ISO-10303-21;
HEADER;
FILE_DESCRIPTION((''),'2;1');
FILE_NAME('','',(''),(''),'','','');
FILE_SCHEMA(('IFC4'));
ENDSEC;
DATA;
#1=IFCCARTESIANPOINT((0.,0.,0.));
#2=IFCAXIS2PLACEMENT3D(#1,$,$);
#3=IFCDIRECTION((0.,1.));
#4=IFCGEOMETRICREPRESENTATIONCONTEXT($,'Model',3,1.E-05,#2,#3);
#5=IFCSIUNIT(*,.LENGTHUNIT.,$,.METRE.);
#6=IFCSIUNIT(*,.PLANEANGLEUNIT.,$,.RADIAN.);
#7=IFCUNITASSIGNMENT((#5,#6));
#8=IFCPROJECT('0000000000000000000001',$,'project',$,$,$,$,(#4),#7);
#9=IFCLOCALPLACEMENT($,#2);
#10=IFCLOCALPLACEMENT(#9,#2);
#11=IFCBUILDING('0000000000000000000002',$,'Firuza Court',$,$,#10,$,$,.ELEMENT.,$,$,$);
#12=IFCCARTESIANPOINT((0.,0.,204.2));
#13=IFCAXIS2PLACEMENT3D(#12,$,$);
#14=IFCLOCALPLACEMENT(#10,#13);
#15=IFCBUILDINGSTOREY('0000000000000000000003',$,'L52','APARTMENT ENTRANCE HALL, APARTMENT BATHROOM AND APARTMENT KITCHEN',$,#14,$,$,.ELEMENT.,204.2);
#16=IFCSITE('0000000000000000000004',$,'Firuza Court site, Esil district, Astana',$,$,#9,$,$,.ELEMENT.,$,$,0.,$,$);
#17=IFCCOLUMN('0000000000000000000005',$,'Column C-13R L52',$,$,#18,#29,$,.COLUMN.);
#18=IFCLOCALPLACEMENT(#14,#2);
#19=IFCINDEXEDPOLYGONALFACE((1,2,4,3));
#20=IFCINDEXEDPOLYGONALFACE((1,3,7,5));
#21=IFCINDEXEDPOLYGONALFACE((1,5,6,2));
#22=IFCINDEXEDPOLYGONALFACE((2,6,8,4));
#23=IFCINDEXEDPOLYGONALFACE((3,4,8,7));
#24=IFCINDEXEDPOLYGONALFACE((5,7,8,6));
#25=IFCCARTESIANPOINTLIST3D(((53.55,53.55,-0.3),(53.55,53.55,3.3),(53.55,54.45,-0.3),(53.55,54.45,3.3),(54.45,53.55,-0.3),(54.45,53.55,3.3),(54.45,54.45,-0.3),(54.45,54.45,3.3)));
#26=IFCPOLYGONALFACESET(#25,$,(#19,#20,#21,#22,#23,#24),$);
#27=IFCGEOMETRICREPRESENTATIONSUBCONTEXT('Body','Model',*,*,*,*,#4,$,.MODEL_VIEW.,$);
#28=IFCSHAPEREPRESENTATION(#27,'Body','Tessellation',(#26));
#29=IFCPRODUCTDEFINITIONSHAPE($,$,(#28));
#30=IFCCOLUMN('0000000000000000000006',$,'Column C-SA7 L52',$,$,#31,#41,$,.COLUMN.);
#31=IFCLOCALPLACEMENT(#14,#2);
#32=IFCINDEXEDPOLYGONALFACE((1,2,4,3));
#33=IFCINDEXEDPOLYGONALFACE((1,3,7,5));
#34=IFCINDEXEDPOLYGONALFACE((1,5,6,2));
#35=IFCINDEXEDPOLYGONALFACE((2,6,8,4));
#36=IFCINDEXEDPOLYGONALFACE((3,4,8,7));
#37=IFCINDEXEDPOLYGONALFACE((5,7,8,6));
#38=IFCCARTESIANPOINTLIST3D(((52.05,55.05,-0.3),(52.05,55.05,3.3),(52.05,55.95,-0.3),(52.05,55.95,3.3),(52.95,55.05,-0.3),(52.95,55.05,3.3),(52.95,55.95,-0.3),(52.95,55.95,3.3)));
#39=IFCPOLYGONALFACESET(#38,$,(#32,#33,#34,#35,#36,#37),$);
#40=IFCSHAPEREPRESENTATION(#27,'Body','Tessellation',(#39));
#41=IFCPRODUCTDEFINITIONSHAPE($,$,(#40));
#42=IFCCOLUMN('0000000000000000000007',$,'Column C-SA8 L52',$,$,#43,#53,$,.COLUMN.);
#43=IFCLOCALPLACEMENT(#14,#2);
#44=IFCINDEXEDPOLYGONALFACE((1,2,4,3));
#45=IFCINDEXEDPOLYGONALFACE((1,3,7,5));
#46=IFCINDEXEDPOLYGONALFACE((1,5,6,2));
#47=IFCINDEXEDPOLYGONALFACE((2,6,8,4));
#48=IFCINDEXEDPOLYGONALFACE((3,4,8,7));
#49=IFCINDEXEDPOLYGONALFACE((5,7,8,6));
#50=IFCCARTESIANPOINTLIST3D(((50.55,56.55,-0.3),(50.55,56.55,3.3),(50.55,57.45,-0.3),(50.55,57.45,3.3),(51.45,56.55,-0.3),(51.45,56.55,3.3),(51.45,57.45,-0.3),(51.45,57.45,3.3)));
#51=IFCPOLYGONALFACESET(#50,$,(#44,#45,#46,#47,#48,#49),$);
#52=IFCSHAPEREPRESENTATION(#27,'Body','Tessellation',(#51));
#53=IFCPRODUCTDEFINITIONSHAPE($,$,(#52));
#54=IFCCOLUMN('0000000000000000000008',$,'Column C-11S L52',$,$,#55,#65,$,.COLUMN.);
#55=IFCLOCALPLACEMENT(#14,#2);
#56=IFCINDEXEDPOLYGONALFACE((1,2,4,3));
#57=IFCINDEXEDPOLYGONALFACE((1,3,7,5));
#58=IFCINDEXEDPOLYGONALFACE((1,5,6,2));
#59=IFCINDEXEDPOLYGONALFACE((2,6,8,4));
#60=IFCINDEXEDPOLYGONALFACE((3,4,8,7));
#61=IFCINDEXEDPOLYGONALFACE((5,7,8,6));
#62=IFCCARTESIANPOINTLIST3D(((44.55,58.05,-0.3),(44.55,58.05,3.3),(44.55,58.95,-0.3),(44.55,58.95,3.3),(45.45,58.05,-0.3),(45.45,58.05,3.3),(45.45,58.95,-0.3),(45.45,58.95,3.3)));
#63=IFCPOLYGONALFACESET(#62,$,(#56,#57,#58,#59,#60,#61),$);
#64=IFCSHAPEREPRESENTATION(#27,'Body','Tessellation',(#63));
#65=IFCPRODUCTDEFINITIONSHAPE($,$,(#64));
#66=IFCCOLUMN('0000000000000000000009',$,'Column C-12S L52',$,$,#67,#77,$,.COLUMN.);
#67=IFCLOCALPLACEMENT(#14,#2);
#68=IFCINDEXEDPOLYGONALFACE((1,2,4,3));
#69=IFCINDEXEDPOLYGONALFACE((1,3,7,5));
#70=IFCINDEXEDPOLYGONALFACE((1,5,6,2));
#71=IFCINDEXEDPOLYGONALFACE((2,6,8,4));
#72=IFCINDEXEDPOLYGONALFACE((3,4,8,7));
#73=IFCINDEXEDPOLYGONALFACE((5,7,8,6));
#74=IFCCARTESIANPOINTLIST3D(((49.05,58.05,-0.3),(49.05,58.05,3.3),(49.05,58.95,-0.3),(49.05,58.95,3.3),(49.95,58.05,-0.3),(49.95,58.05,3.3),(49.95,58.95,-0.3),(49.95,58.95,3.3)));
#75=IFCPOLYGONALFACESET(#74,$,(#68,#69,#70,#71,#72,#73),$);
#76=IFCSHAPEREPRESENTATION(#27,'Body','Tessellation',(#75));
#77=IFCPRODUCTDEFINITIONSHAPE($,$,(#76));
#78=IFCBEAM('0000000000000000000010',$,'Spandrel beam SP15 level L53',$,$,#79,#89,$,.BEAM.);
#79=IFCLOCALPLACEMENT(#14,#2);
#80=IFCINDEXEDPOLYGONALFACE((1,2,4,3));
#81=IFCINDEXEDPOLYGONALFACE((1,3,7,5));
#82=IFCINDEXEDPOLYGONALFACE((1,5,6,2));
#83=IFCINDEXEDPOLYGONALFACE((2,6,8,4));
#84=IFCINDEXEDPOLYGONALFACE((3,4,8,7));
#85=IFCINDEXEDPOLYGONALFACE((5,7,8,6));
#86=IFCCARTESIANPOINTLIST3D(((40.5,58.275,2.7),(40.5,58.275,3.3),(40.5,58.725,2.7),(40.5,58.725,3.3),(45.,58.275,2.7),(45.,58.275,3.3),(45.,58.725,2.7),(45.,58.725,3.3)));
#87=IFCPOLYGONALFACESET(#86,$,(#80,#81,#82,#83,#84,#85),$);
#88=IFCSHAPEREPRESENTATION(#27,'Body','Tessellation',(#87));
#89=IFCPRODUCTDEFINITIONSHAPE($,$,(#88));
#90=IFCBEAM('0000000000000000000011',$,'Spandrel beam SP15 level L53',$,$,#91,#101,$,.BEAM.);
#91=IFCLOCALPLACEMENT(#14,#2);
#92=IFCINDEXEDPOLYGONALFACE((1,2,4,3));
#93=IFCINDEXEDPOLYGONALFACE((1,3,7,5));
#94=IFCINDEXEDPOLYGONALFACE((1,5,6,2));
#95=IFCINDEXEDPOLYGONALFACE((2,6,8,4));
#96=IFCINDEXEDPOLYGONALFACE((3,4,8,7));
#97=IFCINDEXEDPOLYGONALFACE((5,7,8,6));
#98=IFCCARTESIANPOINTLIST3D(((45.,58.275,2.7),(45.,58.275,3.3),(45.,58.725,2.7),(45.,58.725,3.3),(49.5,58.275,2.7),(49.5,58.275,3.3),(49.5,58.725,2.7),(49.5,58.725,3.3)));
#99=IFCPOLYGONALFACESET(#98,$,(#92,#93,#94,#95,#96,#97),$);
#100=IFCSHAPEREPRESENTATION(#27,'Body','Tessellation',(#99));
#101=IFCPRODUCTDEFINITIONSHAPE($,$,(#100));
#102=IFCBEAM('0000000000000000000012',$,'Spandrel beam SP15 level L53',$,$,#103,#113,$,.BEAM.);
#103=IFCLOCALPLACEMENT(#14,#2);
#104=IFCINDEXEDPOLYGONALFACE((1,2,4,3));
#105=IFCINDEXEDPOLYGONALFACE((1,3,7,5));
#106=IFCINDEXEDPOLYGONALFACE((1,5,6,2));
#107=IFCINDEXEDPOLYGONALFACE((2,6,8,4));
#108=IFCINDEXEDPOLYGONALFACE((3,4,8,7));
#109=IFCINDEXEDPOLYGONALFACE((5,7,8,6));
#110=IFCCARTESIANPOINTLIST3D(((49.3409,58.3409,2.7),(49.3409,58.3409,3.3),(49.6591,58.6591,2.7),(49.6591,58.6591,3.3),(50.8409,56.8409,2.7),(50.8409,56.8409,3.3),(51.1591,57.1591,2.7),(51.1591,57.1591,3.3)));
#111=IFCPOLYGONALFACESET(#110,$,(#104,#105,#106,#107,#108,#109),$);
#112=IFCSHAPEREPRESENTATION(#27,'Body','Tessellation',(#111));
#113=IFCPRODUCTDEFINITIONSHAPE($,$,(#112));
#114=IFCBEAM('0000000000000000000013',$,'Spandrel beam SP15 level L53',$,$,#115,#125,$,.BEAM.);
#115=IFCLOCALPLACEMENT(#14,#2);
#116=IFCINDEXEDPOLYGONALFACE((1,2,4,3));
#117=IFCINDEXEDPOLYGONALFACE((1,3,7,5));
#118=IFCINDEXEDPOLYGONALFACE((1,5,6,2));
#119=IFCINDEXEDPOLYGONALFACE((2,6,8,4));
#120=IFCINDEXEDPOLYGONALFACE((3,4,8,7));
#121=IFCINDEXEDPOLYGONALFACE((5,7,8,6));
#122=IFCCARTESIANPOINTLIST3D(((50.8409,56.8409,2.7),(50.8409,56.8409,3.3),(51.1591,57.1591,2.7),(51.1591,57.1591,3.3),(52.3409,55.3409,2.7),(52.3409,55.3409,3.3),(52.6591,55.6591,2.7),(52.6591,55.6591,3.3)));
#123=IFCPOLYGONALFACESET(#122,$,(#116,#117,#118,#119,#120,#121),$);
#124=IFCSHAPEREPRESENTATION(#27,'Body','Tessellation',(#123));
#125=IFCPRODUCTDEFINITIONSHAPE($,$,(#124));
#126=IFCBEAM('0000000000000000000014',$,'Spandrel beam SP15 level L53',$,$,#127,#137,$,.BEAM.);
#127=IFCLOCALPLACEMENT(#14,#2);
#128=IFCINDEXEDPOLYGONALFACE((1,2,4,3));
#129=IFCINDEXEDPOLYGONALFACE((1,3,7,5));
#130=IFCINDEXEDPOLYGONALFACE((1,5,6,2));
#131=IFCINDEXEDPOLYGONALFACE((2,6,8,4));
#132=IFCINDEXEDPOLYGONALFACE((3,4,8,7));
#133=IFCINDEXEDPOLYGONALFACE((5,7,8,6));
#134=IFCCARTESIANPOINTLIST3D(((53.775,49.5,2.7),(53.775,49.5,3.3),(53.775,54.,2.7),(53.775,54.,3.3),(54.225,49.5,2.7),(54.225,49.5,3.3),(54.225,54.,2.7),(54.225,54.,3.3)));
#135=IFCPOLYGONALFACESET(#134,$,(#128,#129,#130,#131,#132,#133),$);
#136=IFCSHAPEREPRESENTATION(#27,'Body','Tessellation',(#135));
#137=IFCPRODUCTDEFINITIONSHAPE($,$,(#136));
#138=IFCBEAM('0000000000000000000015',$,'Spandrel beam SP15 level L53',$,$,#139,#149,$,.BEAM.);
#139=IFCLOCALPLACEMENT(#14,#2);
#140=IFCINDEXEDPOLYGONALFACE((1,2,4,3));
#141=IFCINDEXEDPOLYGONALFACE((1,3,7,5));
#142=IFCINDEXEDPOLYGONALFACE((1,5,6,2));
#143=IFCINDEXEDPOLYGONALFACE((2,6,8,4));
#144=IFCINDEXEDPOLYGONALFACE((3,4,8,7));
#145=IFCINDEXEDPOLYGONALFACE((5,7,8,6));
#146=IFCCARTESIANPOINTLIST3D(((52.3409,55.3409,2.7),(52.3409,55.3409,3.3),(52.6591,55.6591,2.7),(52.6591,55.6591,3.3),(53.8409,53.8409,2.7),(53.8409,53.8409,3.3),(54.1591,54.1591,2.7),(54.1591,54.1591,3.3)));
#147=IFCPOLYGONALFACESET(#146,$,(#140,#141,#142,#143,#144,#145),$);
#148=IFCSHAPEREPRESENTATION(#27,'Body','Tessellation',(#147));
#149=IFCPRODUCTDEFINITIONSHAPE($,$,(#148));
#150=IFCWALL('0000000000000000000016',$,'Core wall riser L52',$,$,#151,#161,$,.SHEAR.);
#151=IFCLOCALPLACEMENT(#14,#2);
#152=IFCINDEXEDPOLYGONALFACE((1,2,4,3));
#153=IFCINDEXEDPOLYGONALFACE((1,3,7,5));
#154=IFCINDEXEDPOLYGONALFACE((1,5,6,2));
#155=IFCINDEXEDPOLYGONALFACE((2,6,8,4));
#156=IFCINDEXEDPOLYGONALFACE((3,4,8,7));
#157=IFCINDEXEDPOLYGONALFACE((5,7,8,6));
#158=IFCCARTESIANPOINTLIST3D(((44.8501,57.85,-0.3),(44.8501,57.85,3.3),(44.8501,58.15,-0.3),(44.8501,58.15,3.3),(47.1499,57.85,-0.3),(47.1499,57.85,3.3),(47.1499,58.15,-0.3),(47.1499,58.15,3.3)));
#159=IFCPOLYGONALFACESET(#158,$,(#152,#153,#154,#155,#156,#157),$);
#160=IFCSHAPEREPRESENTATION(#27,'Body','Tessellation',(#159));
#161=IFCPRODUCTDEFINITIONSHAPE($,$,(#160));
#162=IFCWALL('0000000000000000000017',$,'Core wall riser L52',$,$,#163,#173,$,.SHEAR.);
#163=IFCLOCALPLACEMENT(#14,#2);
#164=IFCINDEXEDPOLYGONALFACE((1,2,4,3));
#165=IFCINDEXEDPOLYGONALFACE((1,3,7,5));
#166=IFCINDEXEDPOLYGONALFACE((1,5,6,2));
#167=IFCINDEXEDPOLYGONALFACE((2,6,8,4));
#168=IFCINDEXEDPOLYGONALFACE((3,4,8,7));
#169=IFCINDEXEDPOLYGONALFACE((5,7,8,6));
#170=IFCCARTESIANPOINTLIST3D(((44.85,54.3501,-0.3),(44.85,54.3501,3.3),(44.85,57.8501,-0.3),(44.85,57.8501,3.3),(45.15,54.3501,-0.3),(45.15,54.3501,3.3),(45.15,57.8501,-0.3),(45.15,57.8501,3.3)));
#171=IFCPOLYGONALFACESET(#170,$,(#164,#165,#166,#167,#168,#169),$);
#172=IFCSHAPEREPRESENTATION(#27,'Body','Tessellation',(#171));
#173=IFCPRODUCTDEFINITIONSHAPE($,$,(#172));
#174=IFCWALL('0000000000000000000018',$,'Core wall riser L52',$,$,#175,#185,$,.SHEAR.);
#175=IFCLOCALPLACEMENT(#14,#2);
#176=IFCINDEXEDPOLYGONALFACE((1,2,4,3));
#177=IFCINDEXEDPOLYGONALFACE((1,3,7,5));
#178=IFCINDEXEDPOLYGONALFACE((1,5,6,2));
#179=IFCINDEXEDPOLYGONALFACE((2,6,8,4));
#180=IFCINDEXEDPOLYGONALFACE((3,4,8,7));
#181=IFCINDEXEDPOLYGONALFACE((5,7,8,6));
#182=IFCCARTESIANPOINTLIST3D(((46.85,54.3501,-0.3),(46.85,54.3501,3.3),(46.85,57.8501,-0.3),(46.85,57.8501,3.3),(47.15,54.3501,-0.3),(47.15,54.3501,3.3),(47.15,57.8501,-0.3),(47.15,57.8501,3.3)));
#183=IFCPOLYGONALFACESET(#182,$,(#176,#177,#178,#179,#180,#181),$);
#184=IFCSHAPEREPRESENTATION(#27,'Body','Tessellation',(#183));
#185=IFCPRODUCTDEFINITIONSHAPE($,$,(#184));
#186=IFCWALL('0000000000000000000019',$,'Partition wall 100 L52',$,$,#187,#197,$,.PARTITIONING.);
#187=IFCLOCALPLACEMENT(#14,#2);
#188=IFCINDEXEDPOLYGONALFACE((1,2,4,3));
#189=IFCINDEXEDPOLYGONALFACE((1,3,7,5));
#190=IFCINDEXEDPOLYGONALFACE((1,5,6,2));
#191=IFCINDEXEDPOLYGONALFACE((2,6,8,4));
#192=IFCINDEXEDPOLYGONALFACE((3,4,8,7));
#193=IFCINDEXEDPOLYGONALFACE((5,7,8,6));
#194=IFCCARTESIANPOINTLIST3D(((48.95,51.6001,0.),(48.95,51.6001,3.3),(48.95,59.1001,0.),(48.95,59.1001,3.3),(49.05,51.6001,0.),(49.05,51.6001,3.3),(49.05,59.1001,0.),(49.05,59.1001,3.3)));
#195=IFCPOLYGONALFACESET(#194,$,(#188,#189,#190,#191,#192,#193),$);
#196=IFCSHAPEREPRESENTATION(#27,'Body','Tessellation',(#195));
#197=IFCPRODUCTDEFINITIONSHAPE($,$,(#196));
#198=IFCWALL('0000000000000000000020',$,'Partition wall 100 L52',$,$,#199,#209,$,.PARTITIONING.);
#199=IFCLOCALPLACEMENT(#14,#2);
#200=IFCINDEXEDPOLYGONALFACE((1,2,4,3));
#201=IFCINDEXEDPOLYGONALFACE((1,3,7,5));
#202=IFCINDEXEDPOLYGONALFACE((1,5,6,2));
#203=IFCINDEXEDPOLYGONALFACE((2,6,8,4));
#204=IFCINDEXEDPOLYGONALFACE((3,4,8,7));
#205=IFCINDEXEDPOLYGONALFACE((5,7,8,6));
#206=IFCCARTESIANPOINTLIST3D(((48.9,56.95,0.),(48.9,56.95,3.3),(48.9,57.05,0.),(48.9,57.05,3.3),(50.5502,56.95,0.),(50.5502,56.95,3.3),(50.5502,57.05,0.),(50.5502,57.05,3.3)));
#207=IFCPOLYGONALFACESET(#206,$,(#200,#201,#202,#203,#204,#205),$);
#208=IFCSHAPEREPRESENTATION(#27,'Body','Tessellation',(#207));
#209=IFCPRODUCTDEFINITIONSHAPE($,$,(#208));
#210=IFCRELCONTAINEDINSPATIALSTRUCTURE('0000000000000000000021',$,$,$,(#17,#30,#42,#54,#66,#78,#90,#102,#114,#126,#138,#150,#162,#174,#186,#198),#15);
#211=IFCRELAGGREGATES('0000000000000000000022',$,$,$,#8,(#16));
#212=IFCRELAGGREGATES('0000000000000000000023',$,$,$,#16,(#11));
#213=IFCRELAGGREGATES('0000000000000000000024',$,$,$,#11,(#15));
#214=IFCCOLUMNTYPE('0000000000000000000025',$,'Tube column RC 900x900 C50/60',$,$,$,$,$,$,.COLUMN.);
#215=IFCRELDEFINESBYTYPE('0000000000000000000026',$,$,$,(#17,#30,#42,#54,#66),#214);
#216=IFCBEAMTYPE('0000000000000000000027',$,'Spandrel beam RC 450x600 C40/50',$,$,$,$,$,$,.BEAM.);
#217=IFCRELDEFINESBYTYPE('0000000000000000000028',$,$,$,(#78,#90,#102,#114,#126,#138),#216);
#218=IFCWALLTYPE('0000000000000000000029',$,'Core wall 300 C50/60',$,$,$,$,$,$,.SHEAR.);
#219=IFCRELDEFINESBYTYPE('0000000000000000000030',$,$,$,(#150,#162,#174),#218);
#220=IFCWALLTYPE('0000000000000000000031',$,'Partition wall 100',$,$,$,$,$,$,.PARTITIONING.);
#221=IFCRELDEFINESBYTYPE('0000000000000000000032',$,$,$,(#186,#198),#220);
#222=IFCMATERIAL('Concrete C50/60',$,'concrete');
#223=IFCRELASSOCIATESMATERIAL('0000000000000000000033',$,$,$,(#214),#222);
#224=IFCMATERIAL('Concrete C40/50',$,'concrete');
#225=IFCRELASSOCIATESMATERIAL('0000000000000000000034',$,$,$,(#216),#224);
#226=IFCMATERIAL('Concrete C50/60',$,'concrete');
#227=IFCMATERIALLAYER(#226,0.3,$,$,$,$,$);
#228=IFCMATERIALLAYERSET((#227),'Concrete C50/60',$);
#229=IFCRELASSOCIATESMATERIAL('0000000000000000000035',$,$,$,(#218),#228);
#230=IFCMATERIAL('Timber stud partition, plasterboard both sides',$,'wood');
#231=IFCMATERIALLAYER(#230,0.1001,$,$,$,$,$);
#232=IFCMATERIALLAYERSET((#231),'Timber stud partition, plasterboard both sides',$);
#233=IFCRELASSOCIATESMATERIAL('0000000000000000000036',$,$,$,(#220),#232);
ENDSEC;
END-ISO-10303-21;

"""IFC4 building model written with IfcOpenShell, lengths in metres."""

from ifc_helpers import new_model, si_unit, direction, frame, frame_2d, origin, origin_2d, place, context, subcontext, project, spatial, rectangle, extrude, material, layer, layer_set, material_profile, profile_set, type_object, element, save


model = new_model("IFC4")

# Units and contexts
model_context = context("Model", 3, precision=1e-05, world=origin(), true_north=direction((0.0, 1.0)))
body_context = subcontext(model_context, "Body", "Model", "MODEL_VIEW")
ifc_project = project(units=[si_unit("LENGTHUNIT", "METRE"), si_unit("PLANEANGLEUNIT", "RADIAN")], contexts=[model_context])

# Site, building, storey
site_placement = place(None, origin())
site = spatial("IfcSite", under=ifc_project, at=site_placement, Name="Firuza Court site, Esil district, Astana", CompositionType="ELEMENT", RefElevation=0.0)
building_placement = place(site_placement, origin())
building = spatial("IfcBuilding", under=site, at=building_placement, Name="Firuza Court", CompositionType="ELEMENT")
storey_placement = place(building_placement, frame((0.0, 0.0, 204.2)))
storey = spatial("IfcBuildingStorey", under=building, at=storey_placement, Name="L52", Description="APARTMENT ENTRANCE HALL, APARTMENT BATHROOM AND APARTMENT KITCHEN", CompositionType="ELEMENT", Elevation=204.2)

# Columns
ifc_material_1 = material(Name="Concrete C50/60", Category="concrete")
ifc_material_profile_1 = material_profile(ifc_material_1, rectangle(XDim=0.8999, YDim=0.8999, at=origin_2d()), Name="RC 900x900")
ifc_profile_set_1 = profile_set([ifc_material_profile_1], Name="Concrete C50/60")
column_type = type_object("IfcColumnType", Name="Tube column RC 900x900 C50/60", PredefinedType="COLUMN", material=ifc_profile_set_1)
for number, where, z_axis, x_axis, name in (
    (1, (54.0, 54.0, -0.3), (0.0, 0.0, 1.0), (1.0, 0.0, 0.0), "Column C-13R L52"),
    (2, (52.5, 55.5, -0.3), (0.0, 0.0, 1.0), (1.0, 0.0, 0.0), "Column C-SA7 L52"),
    (3, (51.0, 57.0, -0.3), (0.0, 0.0, 1.0), (1.0, 0.0, 0.0), "Column C-SA8 L52"),
    (4, (45.0, 58.5, -0.3), (0.0, 0.0, 1.0), (1.0, 0.0, 0.0), "Column C-11S L52"),
    (5, (49.5, 58.5, -0.3), (0.0, 0.0, 1.0), (1.0, 0.0, 0.0), "Column C-12S L52"),
):
    element("IfcColumn", number, at=place(storey_placement, frame(where, z_axis=z_axis, x_axis=x_axis)), inside=storey, type_object=column_type, Name=name, PredefinedType="COLUMN", context=body_context, shape_type="SweptSolid", body=[
        extrude(rectangle(XDim=0.8999, YDim=0.8999, at=origin_2d()), origin(), (0.0, 0.0, 1.0), 3.6001),
    ])

# Beams
ifc_material_2 = material(Name="Concrete C40/50", Category="concrete")
ifc_material_profile_2 = material_profile(ifc_material_2, rectangle(XDim=0.45, YDim=0.6001, at=origin_2d()), Name="RC 450x600")
ifc_profile_set_2 = profile_set([ifc_material_profile_2], Name="Concrete C40/50")
beam_type = type_object("IfcBeamType", Name="Spandrel beam RC 450x600 C40/50", PredefinedType="BEAM", material=ifc_profile_set_2)
for number, where, z_axis, x_axis, name in (
    (6, (45.0, 58.5, 3.0), (-1.0, 0.0, 0.0), (0.0, -1.0, 0.0), "Spandrel beam SP15 level L53"),
    (7, (49.5, 58.5, 3.0), (-1.0, 0.0, 0.0), (0.0, -1.0, 0.0), "Spandrel beam SP15 level L53"),
):
    element("IfcBeam", number, at=place(storey_placement, frame(where, z_axis=z_axis, x_axis=x_axis)), inside=storey, type_object=beam_type, Name=name, PredefinedType="BEAM", context=body_context, shape_type="SweptSolid", body=[
        extrude(rectangle(XDim=0.45, YDim=0.6001, at=origin_2d()), origin(), (0.0, 0.0, 1.0), 4.5),
    ])
for number, where, z_axis, x_axis, name in (
    (8, (51.0, 57.0, 3.0), (-0.707107, 0.707107, 0.0), (-0.707107, -0.707107, 0.0), "Spandrel beam SP15 level L53"),
    (9, (52.5, 55.5, 3.0), (-0.707107, 0.707107, 0.0), (-0.707107, -0.707107, 0.0), "Spandrel beam SP15 level L53"),
):
    element("IfcBeam", number, at=place(storey_placement, frame(where, z_axis=z_axis, x_axis=x_axis)), inside=storey, type_object=beam_type, Name=name, PredefinedType="BEAM", context=body_context, shape_type="SweptSolid", body=[
        extrude(rectangle(XDim=0.45, YDim=0.6001, at=origin_2d()), origin(), (0.0, 0.0, 1.0), 2.1213),
    ])
beam_1_placement = place(storey_placement, frame((54.0, 49.5, 3.0), z_axis=(0.0, 1.0, 0.0), x_axis=(-1.0, 0.0, 0.0)))
element("IfcBeam", 10, at=beam_1_placement, inside=storey, type_object=beam_type, Name="Spandrel beam SP15 level L53", PredefinedType="BEAM", context=body_context, shape_type="SweptSolid", body=[
    extrude(rectangle(XDim=0.45, YDim=0.6001, at=origin_2d()), origin(), (0.0, 0.0, 1.0), 4.5),
])
beam_2_placement = place(storey_placement, frame((54.0, 54.0, 3.0), z_axis=(-0.707107, 0.707107, 0.0), x_axis=(-0.707107, -0.707107, 0.0)))
element("IfcBeam", 11, at=beam_2_placement, inside=storey, type_object=beam_type, Name="Spandrel beam SP15 level L53", PredefinedType="BEAM", context=body_context, shape_type="SweptSolid", body=[
    extrude(rectangle(XDim=0.45, YDim=0.6001, at=origin_2d()), origin(), (0.0, 0.0, 1.0), 2.1213),
])

# Walls
ifc_material_3 = material(Name="Concrete C50/60", Category="concrete")
ifc_layer_1 = layer(ifc_material_3, 0.3)
ifc_layer_set_1 = layer_set([ifc_layer_1], Name="Concrete C50/60")
wall_type_1 = type_object("IfcWallType", Name="Core wall 300 C50/60", PredefinedType="SHEAR", material=ifc_layer_set_1)
wall_1_placement = place(storey_placement, frame((44.8501, 58.0, -0.3), z_axis=(0.0, 0.0, 1.0), x_axis=(1.0, 0.0, 0.0)))
element("IfcWall", 12, at=wall_1_placement, inside=storey, type_object=wall_type_1, Name="Core wall riser L52", PredefinedType="SHEAR", context=body_context, shape_type="SweptSolid", body=[
    extrude(rectangle(XDim=2.2998, YDim=0.3, at=frame_2d((1.1499, 0.0))), origin(), (0.0, 0.0, 1.0), 3.6001),
])
for number, where, z_axis, x_axis, name in (
    (13, (45.0, 54.3501, -0.3), (0.0, 0.0, 1.0), (0.0, 1.0, 0.0), "Core wall riser L52"),
    (14, (47.0, 54.3501, -0.3), (0.0, 0.0, 1.0), (0.0, 1.0, 0.0), "Core wall riser L52"),
):
    element("IfcWall", number, at=place(storey_placement, frame(where, z_axis=z_axis, x_axis=x_axis)), inside=storey, type_object=wall_type_1, Name=name, PredefinedType="SHEAR", context=body_context, shape_type="SweptSolid", body=[
        extrude(rectangle(XDim=3.5, YDim=0.3, at=frame_2d((1.75, 0.0))), origin(), (0.0, 0.0, 1.0), 3.6001),
    ])
ifc_material_4 = material(Name="Timber stud partition, plasterboard both sides", Category="wood")
ifc_layer_2 = layer(ifc_material_4, 0.1001)
ifc_layer_set_2 = layer_set([ifc_layer_2], Name="Timber stud partition, plasterboard both sides")
wall_type_2 = type_object("IfcWallType", Name="Partition wall 100", PredefinedType="PARTITIONING", material=ifc_layer_set_2)
wall_2_placement = place(storey_placement, frame((49.0, 51.6001, 0.0), z_axis=(0.0, 0.0, 1.0), x_axis=(0.0, 1.0, 0.0)))
element("IfcWall", 15, at=wall_2_placement, inside=storey, type_object=wall_type_2, Name="Partition wall 100 L52", PredefinedType="PARTITIONING", context=body_context, shape_type="SweptSolid", body=[
    extrude(rectangle(XDim=7.5, YDim=0.1001, at=frame_2d((3.75, 0.0))), origin(), (0.0, 0.0, 1.0), 3.3),
])
wall_3_placement = place(storey_placement, frame((48.8999, 57.0, 0.0), z_axis=(0.0, 0.0, 1.0), x_axis=(1.0, 0.0, 0.0)))
element("IfcWall", 16, at=wall_3_placement, inside=storey, type_object=wall_type_2, Name="Partition wall 100 L52", PredefinedType="PARTITIONING", context=body_context, shape_type="SweptSolid", body=[
    extrude(rectangle(XDim=1.6501, YDim=0.1001, at=frame_2d((0.8252, 0.0))), origin(), (0.0, 0.0, 1.0), 3.3),
])

save(model, "model.ifc")
